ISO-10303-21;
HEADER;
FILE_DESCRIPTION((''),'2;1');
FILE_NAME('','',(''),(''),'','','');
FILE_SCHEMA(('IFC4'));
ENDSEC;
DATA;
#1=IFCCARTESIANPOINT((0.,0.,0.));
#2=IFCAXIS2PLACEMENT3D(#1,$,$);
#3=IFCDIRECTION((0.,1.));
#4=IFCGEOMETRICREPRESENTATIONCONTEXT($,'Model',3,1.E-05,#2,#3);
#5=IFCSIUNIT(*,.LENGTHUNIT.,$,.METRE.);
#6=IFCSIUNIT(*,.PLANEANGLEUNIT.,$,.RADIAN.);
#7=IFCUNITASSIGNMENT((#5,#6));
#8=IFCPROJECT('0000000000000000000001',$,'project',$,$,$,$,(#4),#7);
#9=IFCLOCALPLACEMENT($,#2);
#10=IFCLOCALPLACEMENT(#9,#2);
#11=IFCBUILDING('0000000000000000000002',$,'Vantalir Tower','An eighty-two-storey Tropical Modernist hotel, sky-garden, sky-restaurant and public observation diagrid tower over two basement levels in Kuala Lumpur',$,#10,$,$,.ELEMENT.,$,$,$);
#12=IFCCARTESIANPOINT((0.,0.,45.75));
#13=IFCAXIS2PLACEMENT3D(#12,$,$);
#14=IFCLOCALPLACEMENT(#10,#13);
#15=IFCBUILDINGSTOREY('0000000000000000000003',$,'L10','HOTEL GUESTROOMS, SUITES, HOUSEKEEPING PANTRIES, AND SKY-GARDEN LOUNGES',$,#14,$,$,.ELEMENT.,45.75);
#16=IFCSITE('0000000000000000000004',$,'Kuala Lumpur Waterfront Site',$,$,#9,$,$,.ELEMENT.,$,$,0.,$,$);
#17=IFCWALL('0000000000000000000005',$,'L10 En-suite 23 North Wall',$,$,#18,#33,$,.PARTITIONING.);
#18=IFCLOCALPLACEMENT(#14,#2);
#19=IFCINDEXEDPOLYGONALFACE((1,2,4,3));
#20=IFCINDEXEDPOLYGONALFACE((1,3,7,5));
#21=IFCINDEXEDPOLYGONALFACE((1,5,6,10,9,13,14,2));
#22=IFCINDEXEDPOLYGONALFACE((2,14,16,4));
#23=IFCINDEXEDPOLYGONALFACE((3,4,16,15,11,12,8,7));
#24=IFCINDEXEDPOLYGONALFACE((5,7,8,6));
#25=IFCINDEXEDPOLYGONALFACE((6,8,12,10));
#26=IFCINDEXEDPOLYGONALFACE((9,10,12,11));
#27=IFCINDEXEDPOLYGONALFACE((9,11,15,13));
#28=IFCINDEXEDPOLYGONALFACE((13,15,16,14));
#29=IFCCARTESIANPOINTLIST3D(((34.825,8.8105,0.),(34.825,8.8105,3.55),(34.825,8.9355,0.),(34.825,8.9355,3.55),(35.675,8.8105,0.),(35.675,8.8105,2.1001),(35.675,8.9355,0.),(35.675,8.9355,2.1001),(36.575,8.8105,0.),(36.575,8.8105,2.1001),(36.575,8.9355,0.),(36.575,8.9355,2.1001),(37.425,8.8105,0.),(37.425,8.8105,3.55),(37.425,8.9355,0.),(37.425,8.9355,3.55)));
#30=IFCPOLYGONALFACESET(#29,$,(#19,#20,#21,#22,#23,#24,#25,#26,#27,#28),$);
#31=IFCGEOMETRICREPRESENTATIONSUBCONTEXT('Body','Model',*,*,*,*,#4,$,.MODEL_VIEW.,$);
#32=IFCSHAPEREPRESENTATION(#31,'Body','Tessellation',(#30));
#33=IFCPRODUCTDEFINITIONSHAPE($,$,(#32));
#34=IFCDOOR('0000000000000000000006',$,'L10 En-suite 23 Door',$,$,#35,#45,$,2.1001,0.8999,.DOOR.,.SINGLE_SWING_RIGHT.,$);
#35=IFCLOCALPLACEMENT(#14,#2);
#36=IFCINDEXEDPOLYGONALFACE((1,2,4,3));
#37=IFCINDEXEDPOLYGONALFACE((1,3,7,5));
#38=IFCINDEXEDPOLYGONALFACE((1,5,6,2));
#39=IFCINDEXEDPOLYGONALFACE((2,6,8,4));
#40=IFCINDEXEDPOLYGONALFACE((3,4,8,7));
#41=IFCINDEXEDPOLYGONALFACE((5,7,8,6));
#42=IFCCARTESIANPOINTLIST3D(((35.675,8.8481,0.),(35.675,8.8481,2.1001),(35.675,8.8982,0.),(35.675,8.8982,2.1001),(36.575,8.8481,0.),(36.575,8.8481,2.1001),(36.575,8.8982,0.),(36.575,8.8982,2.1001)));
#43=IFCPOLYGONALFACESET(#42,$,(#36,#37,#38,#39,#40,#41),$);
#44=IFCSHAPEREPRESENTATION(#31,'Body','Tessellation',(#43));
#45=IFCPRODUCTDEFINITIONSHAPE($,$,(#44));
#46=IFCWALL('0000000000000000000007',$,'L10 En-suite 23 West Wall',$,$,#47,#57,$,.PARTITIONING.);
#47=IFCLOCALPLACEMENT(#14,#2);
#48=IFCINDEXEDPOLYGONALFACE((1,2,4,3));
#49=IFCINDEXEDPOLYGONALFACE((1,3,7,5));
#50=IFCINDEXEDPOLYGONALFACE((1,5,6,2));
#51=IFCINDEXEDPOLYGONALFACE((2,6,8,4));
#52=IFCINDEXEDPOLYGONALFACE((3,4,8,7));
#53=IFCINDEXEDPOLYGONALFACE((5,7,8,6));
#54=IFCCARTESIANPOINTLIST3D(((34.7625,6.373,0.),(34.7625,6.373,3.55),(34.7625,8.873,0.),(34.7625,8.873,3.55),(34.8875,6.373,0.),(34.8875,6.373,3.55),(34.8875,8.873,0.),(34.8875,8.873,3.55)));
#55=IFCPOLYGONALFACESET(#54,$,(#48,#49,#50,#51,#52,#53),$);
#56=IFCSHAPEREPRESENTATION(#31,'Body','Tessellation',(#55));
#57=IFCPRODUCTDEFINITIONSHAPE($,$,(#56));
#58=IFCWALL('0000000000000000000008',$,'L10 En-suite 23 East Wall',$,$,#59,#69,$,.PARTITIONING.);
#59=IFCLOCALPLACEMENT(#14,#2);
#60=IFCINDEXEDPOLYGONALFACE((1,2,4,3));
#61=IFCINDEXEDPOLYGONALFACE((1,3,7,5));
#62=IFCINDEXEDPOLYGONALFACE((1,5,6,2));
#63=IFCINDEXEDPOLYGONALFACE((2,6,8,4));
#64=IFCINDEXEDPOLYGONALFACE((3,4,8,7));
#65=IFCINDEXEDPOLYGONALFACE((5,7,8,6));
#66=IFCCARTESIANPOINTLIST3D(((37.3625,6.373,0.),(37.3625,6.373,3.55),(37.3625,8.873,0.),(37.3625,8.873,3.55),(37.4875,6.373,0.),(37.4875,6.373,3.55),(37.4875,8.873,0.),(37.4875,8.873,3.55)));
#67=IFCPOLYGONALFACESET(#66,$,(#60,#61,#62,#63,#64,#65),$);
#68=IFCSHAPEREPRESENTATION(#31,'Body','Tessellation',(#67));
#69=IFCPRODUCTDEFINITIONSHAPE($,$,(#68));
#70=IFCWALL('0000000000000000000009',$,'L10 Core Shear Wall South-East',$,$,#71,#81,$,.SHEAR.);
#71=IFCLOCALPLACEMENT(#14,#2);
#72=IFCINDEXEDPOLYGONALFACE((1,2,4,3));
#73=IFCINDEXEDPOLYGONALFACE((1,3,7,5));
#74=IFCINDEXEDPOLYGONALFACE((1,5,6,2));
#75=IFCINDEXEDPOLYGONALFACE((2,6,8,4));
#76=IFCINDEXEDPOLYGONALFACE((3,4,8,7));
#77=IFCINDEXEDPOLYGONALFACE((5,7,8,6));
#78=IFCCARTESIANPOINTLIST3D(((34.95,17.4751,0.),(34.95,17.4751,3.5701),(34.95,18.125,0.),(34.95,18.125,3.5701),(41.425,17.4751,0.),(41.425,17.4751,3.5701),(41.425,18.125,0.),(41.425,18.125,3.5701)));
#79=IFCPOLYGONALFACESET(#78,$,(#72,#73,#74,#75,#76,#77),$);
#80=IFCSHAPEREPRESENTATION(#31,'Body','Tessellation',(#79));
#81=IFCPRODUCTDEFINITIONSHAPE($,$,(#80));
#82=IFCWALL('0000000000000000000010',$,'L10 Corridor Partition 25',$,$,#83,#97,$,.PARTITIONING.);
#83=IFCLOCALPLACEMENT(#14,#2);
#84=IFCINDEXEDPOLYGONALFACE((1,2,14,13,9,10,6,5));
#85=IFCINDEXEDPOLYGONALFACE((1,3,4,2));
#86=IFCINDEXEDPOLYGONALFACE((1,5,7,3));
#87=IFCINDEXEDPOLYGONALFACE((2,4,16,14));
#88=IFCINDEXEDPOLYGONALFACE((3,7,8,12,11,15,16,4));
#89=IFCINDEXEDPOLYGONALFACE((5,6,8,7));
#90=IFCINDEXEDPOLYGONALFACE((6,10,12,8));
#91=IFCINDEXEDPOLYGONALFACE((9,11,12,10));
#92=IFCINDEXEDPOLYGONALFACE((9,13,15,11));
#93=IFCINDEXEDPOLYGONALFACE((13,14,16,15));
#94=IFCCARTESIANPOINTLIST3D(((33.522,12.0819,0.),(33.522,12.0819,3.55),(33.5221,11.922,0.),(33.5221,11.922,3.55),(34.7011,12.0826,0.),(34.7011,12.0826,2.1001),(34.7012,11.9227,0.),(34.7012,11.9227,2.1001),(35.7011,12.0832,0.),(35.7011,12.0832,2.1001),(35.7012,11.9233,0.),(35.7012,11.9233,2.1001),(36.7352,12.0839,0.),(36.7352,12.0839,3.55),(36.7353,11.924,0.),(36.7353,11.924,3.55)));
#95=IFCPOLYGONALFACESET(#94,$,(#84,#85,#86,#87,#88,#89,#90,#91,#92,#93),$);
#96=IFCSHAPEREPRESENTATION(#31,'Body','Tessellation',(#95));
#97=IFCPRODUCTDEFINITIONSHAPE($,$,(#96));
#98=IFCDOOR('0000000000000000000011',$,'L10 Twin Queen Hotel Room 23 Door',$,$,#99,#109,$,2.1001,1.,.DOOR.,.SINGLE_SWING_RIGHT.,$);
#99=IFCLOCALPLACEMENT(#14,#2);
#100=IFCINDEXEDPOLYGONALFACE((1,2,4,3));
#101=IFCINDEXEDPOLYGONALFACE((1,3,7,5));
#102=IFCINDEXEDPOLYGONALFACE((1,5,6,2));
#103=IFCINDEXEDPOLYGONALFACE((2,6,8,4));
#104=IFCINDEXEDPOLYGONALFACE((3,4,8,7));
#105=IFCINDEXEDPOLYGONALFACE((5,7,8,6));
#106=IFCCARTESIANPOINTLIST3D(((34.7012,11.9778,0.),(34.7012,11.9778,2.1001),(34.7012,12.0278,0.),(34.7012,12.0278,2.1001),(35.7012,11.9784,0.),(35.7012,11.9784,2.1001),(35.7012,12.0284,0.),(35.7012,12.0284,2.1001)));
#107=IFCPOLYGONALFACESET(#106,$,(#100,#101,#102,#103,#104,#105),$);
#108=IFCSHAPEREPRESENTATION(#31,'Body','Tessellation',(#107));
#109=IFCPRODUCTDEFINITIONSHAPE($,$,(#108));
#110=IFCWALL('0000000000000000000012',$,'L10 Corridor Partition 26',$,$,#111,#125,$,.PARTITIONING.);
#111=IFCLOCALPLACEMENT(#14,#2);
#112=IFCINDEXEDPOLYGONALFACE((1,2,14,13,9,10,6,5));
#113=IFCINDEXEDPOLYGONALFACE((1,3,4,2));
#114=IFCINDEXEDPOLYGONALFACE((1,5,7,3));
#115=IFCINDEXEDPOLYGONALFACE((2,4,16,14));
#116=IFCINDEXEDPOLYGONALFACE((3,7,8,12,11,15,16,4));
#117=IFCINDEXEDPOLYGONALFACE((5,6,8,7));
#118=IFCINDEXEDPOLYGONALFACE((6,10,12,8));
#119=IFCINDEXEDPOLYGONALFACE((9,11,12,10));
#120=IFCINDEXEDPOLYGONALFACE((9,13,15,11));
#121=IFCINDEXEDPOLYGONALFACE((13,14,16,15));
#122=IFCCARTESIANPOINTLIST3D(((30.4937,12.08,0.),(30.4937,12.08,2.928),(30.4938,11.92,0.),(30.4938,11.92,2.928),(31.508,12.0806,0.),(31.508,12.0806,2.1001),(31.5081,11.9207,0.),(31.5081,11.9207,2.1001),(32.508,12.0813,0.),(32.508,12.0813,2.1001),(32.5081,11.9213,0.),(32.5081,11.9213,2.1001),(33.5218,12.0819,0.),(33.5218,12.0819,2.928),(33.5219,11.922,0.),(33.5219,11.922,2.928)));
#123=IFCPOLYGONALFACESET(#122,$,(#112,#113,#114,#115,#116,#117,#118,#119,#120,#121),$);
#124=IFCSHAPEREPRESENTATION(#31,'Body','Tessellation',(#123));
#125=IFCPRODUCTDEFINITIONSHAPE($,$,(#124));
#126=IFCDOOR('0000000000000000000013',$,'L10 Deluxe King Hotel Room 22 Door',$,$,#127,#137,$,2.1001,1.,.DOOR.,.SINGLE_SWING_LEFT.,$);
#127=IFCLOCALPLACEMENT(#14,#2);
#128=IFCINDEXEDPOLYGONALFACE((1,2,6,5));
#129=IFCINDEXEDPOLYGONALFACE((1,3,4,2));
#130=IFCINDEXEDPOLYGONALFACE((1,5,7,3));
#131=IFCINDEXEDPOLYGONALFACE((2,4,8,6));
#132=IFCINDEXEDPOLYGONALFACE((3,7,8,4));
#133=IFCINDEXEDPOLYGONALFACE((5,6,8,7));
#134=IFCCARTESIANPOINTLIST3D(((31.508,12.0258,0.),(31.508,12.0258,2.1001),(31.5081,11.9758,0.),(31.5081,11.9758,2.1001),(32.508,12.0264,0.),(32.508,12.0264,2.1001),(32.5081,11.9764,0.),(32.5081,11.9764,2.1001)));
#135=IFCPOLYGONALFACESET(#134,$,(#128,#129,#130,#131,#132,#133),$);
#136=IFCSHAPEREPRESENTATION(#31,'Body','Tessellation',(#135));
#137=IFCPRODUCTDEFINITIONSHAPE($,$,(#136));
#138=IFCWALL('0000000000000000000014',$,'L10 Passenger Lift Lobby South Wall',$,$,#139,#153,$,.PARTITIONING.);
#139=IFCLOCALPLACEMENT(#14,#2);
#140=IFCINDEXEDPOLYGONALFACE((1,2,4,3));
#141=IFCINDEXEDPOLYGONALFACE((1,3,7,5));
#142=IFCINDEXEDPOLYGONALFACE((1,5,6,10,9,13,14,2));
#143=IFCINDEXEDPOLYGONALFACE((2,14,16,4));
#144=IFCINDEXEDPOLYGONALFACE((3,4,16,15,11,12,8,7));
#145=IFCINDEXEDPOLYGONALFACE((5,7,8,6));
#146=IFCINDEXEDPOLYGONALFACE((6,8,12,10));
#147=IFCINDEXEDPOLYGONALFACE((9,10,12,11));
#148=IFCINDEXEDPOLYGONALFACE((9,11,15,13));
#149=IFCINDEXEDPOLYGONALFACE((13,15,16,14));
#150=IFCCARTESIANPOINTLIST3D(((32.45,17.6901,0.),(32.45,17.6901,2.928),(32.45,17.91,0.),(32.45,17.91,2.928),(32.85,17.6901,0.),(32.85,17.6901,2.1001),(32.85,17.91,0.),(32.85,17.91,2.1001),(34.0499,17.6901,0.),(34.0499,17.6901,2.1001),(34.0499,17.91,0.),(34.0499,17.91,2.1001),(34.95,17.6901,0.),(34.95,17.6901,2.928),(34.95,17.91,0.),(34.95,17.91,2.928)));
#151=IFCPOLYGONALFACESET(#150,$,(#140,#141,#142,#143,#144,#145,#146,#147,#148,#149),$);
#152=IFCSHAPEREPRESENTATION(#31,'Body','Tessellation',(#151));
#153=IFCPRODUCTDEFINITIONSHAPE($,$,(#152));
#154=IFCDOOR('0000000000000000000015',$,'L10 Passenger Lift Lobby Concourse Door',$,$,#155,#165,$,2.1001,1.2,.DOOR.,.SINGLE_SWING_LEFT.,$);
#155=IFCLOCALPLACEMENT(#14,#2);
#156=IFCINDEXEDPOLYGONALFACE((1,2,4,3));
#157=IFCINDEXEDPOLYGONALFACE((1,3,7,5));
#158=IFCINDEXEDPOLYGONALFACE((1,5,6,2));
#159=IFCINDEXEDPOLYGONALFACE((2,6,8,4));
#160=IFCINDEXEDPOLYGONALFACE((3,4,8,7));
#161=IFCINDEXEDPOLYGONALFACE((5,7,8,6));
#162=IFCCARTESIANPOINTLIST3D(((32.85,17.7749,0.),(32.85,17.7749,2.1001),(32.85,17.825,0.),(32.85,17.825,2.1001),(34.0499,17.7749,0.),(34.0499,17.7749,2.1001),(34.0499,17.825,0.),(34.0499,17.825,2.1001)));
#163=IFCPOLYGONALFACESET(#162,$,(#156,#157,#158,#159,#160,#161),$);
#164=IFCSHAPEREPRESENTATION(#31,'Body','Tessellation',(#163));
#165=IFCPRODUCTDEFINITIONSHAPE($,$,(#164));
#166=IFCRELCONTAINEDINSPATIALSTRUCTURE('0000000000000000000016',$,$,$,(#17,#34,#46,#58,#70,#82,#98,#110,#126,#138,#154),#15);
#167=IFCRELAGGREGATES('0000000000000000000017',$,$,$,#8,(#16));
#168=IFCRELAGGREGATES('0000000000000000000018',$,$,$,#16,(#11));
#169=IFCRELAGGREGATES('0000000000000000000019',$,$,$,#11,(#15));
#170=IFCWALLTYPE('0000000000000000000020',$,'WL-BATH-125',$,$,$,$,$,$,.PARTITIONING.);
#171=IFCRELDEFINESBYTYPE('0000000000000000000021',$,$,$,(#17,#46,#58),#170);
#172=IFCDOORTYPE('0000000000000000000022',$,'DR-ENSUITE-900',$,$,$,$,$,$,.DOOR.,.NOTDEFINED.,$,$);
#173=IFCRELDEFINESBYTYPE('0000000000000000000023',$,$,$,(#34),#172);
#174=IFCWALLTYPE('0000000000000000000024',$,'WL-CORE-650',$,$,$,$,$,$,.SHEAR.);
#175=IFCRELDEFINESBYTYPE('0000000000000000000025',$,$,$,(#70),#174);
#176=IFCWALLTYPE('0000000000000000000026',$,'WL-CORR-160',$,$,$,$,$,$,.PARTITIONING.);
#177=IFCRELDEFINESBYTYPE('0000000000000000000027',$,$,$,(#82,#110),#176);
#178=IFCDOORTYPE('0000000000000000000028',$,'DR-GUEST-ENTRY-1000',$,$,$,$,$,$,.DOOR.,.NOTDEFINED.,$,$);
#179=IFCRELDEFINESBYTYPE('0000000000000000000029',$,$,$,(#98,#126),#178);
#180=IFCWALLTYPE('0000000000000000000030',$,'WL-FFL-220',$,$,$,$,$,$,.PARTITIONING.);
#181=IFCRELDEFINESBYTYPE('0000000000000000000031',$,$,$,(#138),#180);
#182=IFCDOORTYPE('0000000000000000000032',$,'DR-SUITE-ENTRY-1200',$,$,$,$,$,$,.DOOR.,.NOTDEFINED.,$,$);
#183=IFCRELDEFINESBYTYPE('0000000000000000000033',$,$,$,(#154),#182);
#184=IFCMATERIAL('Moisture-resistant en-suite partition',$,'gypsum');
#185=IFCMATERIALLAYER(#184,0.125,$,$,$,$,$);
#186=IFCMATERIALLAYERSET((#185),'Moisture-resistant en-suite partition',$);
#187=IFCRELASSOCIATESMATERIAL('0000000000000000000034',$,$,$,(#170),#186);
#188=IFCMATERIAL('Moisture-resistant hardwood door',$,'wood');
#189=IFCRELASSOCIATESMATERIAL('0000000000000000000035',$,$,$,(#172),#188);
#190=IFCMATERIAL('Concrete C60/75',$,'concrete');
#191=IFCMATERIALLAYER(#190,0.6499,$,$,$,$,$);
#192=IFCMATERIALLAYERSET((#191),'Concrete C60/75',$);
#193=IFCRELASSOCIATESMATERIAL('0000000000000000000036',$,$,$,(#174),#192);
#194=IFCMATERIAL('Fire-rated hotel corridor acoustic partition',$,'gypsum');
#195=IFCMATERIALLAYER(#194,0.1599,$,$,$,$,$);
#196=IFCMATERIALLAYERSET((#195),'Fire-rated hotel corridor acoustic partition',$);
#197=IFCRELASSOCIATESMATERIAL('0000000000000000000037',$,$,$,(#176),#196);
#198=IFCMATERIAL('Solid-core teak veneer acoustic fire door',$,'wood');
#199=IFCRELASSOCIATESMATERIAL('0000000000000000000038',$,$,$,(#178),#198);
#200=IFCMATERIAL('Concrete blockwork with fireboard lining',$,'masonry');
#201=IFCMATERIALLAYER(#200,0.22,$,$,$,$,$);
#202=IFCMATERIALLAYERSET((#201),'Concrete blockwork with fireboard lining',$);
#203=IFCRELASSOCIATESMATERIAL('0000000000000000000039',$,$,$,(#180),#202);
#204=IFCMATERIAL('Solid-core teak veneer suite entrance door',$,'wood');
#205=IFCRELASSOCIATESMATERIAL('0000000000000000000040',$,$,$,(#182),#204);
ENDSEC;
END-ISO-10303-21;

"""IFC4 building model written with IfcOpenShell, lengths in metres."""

from ifc_helpers import new_model, si_unit, direction, frame, frame_2d, origin, place, context, subcontext, project, spatial, rectangle, extrude, material, layer, layer_set, type_object, element, fill, save


model = new_model("IFC4")

# Units and contexts
model_context = context("Model", 3, precision=1e-05, world=origin(), true_north=direction((0.0, 1.0)))
body_context = subcontext(model_context, "Body", "Model", "MODEL_VIEW")
ifc_project = project(units=[si_unit("LENGTHUNIT", "METRE"), si_unit("PLANEANGLEUNIT", "RADIAN")], contexts=[model_context])

# Site, building, storey
site_placement = place(None, origin())
site = spatial("IfcSite", under=ifc_project, at=site_placement, Name="Kuala Lumpur Waterfront Site", CompositionType="ELEMENT", RefElevation=0.0)
building_placement = place(site_placement, origin())
building = spatial("IfcBuilding", under=site, at=building_placement, Name="Vantalir Tower", Description="An eighty-two-storey Tropical Modernist hotel, sky-garden, sky-restaurant and public observation diagrid tower over two basement levels in Kuala Lumpur", CompositionType="ELEMENT")
storey_placement = place(building_placement, frame((0.0, 0.0, 45.75)))
storey = spatial("IfcBuildingStorey", under=building, at=storey_placement, Name="L10", Description="HOTEL GUESTROOMS, SUITES, HOUSEKEEPING PANTRIES, AND SKY-GARDEN LOUNGES", CompositionType="ELEMENT", Elevation=45.75)

# Shared definitions
ifc_material_1 = material(Name="Concrete C60/75", Category="concrete")

# Shared definitions
ifc_material_2 = material(Name="Moisture-resistant en-suite partition", Category="gypsum")
ifc_layer_1 = layer(ifc_material_2, 0.125)
ifc_layer_set_1 = layer_set([ifc_layer_1], Name="Moisture-resistant en-suite partition")
wall_type_1 = type_object("IfcWallType", Name="WL-BATH-125", PredefinedType="PARTITIONING", material=ifc_layer_set_1)
ifc_material_3 = material(Name="Moisture-resistant hardwood door", Category="wood")
door_type_1 = type_object("IfcDoorType", Name="DR-ENSUITE-900", OperationType="NOTDEFINED", PredefinedType="DOOR", material=ifc_material_3)

# Wall, opening, door
wall_1_placement = place(storey_placement, frame((34.825, 8.873, 0.0), z_axis=(0.0, 0.0, 1.0), x_axis=(1.0, 0.0, 0.0)))
wall_1 = element("IfcWall", 1, at=wall_1_placement, inside=storey, type_object=wall_type_1, Name="L10 En-suite 23 North Wall", PredefinedType="PARTITIONING", context=body_context, shape_type="SweptSolid", body=[
    extrude(rectangle(XDim=2.6001, YDim=0.125, at=frame_2d((1.3, 0.0))), origin(), (0.0, 0.0, 1.0), 3.55),
])
opening_1_placement = place(wall_1_placement, frame((0.8501, 0.0, 0.0)))
opening_1 = element("IfcOpeningElement", 2, at=opening_1_placement, cuts=wall_1, PredefinedType="OPENING", context=body_context, shape_type="SweptSolid", body=[
    extrude(rectangle(XDim=0.8999, YDim=2.1001, at=frame_2d((0.45, 1.05))), frame((0.0, 0.0725, 0.0), z_axis=(0.0, -1.0, 0.0), x_axis=(1.0, 0.0, 0.0)), (0.0, 0.0, 1.0), 0.145),
])
door_1_placement = place(opening_1_placement, frame((0.8999, 0.0, 0.0), z_axis=(0.0, 0.0, 1.0), x_axis=(-1.0, 0.0, 0.0)))
door_1 = element("IfcDoor", 3, at=door_1_placement, inside=storey, type_object=door_type_1, Name="L10 En-suite 23 Door", OperationType="SINGLE_SWING_RIGHT", OverallHeight=2.1001, OverallWidth=0.8999, PredefinedType="DOOR", context=body_context, shape_type="SweptSolid", body=[
    extrude(rectangle(XDim=0.8999, YDim=2.1001, at=frame_2d((0.45, 1.05))), frame((0.0, 0.0249, 0.0), z_axis=(0.0, -1.0, 0.0), x_axis=(1.0, 0.0, 0.0)), (0.0, 0.0, 1.0), 0.05),
])
fill(opening_1, door_1)

# Walls
for number, where, z_axis, x_axis, name in (
    (4, (34.825, 6.373, 0.0), (0.0, 0.0, 1.0), (0.0, 1.0, 0.0), "L10 En-suite 23 West Wall"),
    (5, (37.425, 6.373, 0.0), (0.0, 0.0, 1.0), (0.0, 1.0, 0.0), "L10 En-suite 23 East Wall"),
):
    element("IfcWall", number, at=place(storey_placement, frame(where, z_axis=z_axis, x_axis=x_axis)), inside=storey, type_object=wall_type_1, Name=name, PredefinedType="PARTITIONING", context=body_context, shape_type="SweptSolid", body=[
        extrude(rectangle(XDim=2.5, YDim=0.125, at=frame_2d((1.25, 0.0))), origin(), (0.0, 0.0, 1.0), 3.55),
    ])
ifc_layer_2 = layer(ifc_material_1, 0.6499)
ifc_layer_set_2 = layer_set([ifc_layer_2], Name="Concrete C60/75")
wall_type_2 = type_object("IfcWallType", Name="WL-CORE-650", PredefinedType="SHEAR", material=ifc_layer_set_2)
wall_2_placement = place(storey_placement, frame((34.95, 17.8, 0.0), z_axis=(0.0, 0.0, 1.0), x_axis=(1.0, 0.0, 0.0)))
element("IfcWall", 6, at=wall_2_placement, inside=storey, type_object=wall_type_2, Name="L10 Core Shear Wall South-East", PredefinedType="SHEAR", context=body_context, shape_type="SweptSolid", body=[
    extrude(rectangle(XDim=6.4751, YDim=0.6499, at=frame_2d((3.2375, 0.0))), origin(), (0.0, 0.0, 1.0), 3.5701),
])

# Walls, openings, doors
ifc_material_4 = material(Name="Fire-rated hotel corridor acoustic partition", Category="gypsum")
ifc_layer_3 = layer(ifc_material_4, 0.1599)
ifc_layer_set_3 = layer_set([ifc_layer_3], Name="Fire-rated hotel corridor acoustic partition")
wall_type_3 = type_object("IfcWallType", Name="WL-CORR-160", PredefinedType="PARTITIONING", material=ifc_layer_set_3)
wall_3_placement = place(storey_placement, frame((36.7351, 12.0039, 0.0), z_axis=(0.0, 0.0, 1.0), x_axis=(-1.0, -0.000608, 0.0)))
wall_3 = element("IfcWall", 7, at=wall_3_placement, inside=storey, type_object=wall_type_3, Name="L10 Corridor Partition 25", PredefinedType="PARTITIONING", context=body_context, shape_type="SweptSolid", body=[
    extrude(rectangle(XDim=3.2131, YDim=0.1599, at=frame_2d((1.6064, 0.0))), origin(), (0.0, 0.0, 1.0), 3.55),
])
opening_2_placement = place(wall_3_placement, frame((1.0339, 0.0, 0.0)))
opening_2 = element("IfcOpeningElement", 8, at=opening_2_placement, cuts=wall_3, PredefinedType="OPENING", context=body_context, shape_type="SweptSolid", body=[
    extrude(rectangle(XDim=1.0, YDim=2.1001, at=frame_2d((0.5, 1.05))), frame((0.0, 0.0898, 0.0), z_axis=(0.0, -1.0, 0.0), x_axis=(1.0, 0.0, 0.0)), (0.0, 0.0, 1.0), 0.1799),
])
ifc_material_5 = material(Name="Solid-core teak veneer acoustic fire door", Category="wood")
door_type_2 = type_object("IfcDoorType", Name="DR-GUEST-ENTRY-1000", OperationType="NOTDEFINED", PredefinedType="DOOR", material=ifc_material_5)
door_2_placement = place(opening_2_placement, origin())
door_2 = element("IfcDoor", 9, at=door_2_placement, inside=storey, type_object=door_type_2, Name="L10 Twin Queen Hotel Room 23 Door", OperationType="SINGLE_SWING_RIGHT", OverallHeight=2.1001, OverallWidth=1.0, PredefinedType="DOOR", context=body_context, shape_type="SweptSolid", body=[
    extrude(rectangle(XDim=1.0, YDim=2.1001, at=frame_2d((0.5, 1.05))), frame((0.0, 0.0249, 0.0), z_axis=(0.0, -1.0, 0.0), x_axis=(1.0, 0.0, 0.0)), (0.0, 0.0, 1.0), 0.05),
])
fill(opening_2, door_2)
wall_4_placement = place(storey_placement, frame((33.522, 12.002, 0.0), z_axis=(0.0, 0.0, 1.0), x_axis=(-1.0, -0.000645, 0.0)))
wall_4 = element("IfcWall", 10, at=wall_4_placement, inside=storey, type_object=wall_type_3, Name="L10 Corridor Partition 26", PredefinedType="PARTITIONING", context=body_context, shape_type="SweptSolid", body=[
    extrude(rectangle(XDim=3.0281, YDim=0.1599, at=frame_2d((1.5142, 0.0))), origin(), (0.0, 0.0, 1.0), 2.928),
])
opening_3_placement = place(wall_4_placement, frame((1.0139, 0.0, 0.0)))
opening_3 = element("IfcOpeningElement", 11, at=opening_3_placement, cuts=wall_4, PredefinedType="OPENING", context=body_context, shape_type="SweptSolid", body=[
    extrude(rectangle(XDim=1.0, YDim=2.1001, at=frame_2d((0.5, 1.05))), frame((0.0, 0.0898, 0.0), z_axis=(0.0, -1.0, 0.0), x_axis=(1.0, 0.0, 0.0)), (0.0, 0.0, 1.0), 0.1799),
])
door_3_placement = place(opening_3_placement, origin())
door_3 = element("IfcDoor", 12, at=door_3_placement, inside=storey, type_object=door_type_2, Name="L10 Deluxe King Hotel Room 22 Door", OperationType="SINGLE_SWING_LEFT", OverallHeight=2.1001, OverallWidth=1.0, PredefinedType="DOOR", context=body_context, shape_type="SweptSolid", body=[
    extrude(rectangle(XDim=1.0, YDim=2.1001, at=frame_2d((0.5, 1.05))), frame((0.0, 0.0249, 0.0), z_axis=(0.0, -1.0, 0.0), x_axis=(1.0, 0.0, 0.0)), (0.0, 0.0, 1.0), 0.05),
])
fill(opening_3, door_3)
ifc_material_6 = material(Name="Concrete blockwork with fireboard lining", Category="masonry")
ifc_layer_4 = layer(ifc_material_6, 0.22)
ifc_layer_set_4 = layer_set([ifc_layer_4], Name="Concrete blockwork with fireboard lining")
wall_type_4 = type_object("IfcWallType", Name="WL-FFL-220", PredefinedType="PARTITIONING", material=ifc_layer_set_4)
wall_5_placement = place(storey_placement, frame((32.45, 17.8, 0.0), z_axis=(0.0, 0.0, 1.0), x_axis=(1.0, 0.0, 0.0)))
wall_5 = element("IfcWall", 13, at=wall_5_placement, inside=storey, type_object=wall_type_4, Name="L10 Passenger Lift Lobby South Wall", PredefinedType="PARTITIONING", context=body_context, shape_type="SweptSolid", body=[
    extrude(rectangle(XDim=2.5, YDim=0.22, at=frame_2d((1.25, 0.0))), origin(), (0.0, 0.0, 1.0), 2.928),
])
opening_4_placement = place(wall_5_placement, frame((0.3999, 0.0, 0.0)))
opening_4 = element("IfcOpeningElement", 14, at=opening_4_placement, cuts=wall_5, PredefinedType="OPENING", context=body_context, shape_type="SweptSolid", body=[
    extrude(rectangle(XDim=1.2, YDim=2.1001, at=frame_2d((0.6001, 1.05))), frame((0.0, 0.1199, 0.0), z_axis=(0.0, -1.0, 0.0), x_axis=(1.0, 0.0, 0.0)), (0.0, 0.0, 1.0), 0.24),
])
ifc_material_7 = material(Name="Solid-core teak veneer suite entrance door", Category="wood")
door_type_3 = type_object("IfcDoorType", Name="DR-SUITE-ENTRY-1200", OperationType="NOTDEFINED", PredefinedType="DOOR", material=ifc_material_7)
door_4_placement = place(opening_4_placement, origin())
door_4 = element("IfcDoor", 15, at=door_4_placement, inside=storey, type_object=door_type_3, Name="L10 Passenger Lift Lobby Concourse Door", OperationType="SINGLE_SWING_LEFT", OverallHeight=2.1001, OverallWidth=1.2, PredefinedType="DOOR", context=body_context, shape_type="SweptSolid", body=[
    extrude(rectangle(XDim=1.2, YDim=2.1001, at=frame_2d((0.6001, 1.05))), frame((0.0, 0.0249, 0.0), z_axis=(0.0, -1.0, 0.0), x_axis=(1.0, 0.0, 0.0)), (0.0, 0.0, 1.0), 0.05),
])
fill(opening_4, door_4)

save(model, "model.ifc")
